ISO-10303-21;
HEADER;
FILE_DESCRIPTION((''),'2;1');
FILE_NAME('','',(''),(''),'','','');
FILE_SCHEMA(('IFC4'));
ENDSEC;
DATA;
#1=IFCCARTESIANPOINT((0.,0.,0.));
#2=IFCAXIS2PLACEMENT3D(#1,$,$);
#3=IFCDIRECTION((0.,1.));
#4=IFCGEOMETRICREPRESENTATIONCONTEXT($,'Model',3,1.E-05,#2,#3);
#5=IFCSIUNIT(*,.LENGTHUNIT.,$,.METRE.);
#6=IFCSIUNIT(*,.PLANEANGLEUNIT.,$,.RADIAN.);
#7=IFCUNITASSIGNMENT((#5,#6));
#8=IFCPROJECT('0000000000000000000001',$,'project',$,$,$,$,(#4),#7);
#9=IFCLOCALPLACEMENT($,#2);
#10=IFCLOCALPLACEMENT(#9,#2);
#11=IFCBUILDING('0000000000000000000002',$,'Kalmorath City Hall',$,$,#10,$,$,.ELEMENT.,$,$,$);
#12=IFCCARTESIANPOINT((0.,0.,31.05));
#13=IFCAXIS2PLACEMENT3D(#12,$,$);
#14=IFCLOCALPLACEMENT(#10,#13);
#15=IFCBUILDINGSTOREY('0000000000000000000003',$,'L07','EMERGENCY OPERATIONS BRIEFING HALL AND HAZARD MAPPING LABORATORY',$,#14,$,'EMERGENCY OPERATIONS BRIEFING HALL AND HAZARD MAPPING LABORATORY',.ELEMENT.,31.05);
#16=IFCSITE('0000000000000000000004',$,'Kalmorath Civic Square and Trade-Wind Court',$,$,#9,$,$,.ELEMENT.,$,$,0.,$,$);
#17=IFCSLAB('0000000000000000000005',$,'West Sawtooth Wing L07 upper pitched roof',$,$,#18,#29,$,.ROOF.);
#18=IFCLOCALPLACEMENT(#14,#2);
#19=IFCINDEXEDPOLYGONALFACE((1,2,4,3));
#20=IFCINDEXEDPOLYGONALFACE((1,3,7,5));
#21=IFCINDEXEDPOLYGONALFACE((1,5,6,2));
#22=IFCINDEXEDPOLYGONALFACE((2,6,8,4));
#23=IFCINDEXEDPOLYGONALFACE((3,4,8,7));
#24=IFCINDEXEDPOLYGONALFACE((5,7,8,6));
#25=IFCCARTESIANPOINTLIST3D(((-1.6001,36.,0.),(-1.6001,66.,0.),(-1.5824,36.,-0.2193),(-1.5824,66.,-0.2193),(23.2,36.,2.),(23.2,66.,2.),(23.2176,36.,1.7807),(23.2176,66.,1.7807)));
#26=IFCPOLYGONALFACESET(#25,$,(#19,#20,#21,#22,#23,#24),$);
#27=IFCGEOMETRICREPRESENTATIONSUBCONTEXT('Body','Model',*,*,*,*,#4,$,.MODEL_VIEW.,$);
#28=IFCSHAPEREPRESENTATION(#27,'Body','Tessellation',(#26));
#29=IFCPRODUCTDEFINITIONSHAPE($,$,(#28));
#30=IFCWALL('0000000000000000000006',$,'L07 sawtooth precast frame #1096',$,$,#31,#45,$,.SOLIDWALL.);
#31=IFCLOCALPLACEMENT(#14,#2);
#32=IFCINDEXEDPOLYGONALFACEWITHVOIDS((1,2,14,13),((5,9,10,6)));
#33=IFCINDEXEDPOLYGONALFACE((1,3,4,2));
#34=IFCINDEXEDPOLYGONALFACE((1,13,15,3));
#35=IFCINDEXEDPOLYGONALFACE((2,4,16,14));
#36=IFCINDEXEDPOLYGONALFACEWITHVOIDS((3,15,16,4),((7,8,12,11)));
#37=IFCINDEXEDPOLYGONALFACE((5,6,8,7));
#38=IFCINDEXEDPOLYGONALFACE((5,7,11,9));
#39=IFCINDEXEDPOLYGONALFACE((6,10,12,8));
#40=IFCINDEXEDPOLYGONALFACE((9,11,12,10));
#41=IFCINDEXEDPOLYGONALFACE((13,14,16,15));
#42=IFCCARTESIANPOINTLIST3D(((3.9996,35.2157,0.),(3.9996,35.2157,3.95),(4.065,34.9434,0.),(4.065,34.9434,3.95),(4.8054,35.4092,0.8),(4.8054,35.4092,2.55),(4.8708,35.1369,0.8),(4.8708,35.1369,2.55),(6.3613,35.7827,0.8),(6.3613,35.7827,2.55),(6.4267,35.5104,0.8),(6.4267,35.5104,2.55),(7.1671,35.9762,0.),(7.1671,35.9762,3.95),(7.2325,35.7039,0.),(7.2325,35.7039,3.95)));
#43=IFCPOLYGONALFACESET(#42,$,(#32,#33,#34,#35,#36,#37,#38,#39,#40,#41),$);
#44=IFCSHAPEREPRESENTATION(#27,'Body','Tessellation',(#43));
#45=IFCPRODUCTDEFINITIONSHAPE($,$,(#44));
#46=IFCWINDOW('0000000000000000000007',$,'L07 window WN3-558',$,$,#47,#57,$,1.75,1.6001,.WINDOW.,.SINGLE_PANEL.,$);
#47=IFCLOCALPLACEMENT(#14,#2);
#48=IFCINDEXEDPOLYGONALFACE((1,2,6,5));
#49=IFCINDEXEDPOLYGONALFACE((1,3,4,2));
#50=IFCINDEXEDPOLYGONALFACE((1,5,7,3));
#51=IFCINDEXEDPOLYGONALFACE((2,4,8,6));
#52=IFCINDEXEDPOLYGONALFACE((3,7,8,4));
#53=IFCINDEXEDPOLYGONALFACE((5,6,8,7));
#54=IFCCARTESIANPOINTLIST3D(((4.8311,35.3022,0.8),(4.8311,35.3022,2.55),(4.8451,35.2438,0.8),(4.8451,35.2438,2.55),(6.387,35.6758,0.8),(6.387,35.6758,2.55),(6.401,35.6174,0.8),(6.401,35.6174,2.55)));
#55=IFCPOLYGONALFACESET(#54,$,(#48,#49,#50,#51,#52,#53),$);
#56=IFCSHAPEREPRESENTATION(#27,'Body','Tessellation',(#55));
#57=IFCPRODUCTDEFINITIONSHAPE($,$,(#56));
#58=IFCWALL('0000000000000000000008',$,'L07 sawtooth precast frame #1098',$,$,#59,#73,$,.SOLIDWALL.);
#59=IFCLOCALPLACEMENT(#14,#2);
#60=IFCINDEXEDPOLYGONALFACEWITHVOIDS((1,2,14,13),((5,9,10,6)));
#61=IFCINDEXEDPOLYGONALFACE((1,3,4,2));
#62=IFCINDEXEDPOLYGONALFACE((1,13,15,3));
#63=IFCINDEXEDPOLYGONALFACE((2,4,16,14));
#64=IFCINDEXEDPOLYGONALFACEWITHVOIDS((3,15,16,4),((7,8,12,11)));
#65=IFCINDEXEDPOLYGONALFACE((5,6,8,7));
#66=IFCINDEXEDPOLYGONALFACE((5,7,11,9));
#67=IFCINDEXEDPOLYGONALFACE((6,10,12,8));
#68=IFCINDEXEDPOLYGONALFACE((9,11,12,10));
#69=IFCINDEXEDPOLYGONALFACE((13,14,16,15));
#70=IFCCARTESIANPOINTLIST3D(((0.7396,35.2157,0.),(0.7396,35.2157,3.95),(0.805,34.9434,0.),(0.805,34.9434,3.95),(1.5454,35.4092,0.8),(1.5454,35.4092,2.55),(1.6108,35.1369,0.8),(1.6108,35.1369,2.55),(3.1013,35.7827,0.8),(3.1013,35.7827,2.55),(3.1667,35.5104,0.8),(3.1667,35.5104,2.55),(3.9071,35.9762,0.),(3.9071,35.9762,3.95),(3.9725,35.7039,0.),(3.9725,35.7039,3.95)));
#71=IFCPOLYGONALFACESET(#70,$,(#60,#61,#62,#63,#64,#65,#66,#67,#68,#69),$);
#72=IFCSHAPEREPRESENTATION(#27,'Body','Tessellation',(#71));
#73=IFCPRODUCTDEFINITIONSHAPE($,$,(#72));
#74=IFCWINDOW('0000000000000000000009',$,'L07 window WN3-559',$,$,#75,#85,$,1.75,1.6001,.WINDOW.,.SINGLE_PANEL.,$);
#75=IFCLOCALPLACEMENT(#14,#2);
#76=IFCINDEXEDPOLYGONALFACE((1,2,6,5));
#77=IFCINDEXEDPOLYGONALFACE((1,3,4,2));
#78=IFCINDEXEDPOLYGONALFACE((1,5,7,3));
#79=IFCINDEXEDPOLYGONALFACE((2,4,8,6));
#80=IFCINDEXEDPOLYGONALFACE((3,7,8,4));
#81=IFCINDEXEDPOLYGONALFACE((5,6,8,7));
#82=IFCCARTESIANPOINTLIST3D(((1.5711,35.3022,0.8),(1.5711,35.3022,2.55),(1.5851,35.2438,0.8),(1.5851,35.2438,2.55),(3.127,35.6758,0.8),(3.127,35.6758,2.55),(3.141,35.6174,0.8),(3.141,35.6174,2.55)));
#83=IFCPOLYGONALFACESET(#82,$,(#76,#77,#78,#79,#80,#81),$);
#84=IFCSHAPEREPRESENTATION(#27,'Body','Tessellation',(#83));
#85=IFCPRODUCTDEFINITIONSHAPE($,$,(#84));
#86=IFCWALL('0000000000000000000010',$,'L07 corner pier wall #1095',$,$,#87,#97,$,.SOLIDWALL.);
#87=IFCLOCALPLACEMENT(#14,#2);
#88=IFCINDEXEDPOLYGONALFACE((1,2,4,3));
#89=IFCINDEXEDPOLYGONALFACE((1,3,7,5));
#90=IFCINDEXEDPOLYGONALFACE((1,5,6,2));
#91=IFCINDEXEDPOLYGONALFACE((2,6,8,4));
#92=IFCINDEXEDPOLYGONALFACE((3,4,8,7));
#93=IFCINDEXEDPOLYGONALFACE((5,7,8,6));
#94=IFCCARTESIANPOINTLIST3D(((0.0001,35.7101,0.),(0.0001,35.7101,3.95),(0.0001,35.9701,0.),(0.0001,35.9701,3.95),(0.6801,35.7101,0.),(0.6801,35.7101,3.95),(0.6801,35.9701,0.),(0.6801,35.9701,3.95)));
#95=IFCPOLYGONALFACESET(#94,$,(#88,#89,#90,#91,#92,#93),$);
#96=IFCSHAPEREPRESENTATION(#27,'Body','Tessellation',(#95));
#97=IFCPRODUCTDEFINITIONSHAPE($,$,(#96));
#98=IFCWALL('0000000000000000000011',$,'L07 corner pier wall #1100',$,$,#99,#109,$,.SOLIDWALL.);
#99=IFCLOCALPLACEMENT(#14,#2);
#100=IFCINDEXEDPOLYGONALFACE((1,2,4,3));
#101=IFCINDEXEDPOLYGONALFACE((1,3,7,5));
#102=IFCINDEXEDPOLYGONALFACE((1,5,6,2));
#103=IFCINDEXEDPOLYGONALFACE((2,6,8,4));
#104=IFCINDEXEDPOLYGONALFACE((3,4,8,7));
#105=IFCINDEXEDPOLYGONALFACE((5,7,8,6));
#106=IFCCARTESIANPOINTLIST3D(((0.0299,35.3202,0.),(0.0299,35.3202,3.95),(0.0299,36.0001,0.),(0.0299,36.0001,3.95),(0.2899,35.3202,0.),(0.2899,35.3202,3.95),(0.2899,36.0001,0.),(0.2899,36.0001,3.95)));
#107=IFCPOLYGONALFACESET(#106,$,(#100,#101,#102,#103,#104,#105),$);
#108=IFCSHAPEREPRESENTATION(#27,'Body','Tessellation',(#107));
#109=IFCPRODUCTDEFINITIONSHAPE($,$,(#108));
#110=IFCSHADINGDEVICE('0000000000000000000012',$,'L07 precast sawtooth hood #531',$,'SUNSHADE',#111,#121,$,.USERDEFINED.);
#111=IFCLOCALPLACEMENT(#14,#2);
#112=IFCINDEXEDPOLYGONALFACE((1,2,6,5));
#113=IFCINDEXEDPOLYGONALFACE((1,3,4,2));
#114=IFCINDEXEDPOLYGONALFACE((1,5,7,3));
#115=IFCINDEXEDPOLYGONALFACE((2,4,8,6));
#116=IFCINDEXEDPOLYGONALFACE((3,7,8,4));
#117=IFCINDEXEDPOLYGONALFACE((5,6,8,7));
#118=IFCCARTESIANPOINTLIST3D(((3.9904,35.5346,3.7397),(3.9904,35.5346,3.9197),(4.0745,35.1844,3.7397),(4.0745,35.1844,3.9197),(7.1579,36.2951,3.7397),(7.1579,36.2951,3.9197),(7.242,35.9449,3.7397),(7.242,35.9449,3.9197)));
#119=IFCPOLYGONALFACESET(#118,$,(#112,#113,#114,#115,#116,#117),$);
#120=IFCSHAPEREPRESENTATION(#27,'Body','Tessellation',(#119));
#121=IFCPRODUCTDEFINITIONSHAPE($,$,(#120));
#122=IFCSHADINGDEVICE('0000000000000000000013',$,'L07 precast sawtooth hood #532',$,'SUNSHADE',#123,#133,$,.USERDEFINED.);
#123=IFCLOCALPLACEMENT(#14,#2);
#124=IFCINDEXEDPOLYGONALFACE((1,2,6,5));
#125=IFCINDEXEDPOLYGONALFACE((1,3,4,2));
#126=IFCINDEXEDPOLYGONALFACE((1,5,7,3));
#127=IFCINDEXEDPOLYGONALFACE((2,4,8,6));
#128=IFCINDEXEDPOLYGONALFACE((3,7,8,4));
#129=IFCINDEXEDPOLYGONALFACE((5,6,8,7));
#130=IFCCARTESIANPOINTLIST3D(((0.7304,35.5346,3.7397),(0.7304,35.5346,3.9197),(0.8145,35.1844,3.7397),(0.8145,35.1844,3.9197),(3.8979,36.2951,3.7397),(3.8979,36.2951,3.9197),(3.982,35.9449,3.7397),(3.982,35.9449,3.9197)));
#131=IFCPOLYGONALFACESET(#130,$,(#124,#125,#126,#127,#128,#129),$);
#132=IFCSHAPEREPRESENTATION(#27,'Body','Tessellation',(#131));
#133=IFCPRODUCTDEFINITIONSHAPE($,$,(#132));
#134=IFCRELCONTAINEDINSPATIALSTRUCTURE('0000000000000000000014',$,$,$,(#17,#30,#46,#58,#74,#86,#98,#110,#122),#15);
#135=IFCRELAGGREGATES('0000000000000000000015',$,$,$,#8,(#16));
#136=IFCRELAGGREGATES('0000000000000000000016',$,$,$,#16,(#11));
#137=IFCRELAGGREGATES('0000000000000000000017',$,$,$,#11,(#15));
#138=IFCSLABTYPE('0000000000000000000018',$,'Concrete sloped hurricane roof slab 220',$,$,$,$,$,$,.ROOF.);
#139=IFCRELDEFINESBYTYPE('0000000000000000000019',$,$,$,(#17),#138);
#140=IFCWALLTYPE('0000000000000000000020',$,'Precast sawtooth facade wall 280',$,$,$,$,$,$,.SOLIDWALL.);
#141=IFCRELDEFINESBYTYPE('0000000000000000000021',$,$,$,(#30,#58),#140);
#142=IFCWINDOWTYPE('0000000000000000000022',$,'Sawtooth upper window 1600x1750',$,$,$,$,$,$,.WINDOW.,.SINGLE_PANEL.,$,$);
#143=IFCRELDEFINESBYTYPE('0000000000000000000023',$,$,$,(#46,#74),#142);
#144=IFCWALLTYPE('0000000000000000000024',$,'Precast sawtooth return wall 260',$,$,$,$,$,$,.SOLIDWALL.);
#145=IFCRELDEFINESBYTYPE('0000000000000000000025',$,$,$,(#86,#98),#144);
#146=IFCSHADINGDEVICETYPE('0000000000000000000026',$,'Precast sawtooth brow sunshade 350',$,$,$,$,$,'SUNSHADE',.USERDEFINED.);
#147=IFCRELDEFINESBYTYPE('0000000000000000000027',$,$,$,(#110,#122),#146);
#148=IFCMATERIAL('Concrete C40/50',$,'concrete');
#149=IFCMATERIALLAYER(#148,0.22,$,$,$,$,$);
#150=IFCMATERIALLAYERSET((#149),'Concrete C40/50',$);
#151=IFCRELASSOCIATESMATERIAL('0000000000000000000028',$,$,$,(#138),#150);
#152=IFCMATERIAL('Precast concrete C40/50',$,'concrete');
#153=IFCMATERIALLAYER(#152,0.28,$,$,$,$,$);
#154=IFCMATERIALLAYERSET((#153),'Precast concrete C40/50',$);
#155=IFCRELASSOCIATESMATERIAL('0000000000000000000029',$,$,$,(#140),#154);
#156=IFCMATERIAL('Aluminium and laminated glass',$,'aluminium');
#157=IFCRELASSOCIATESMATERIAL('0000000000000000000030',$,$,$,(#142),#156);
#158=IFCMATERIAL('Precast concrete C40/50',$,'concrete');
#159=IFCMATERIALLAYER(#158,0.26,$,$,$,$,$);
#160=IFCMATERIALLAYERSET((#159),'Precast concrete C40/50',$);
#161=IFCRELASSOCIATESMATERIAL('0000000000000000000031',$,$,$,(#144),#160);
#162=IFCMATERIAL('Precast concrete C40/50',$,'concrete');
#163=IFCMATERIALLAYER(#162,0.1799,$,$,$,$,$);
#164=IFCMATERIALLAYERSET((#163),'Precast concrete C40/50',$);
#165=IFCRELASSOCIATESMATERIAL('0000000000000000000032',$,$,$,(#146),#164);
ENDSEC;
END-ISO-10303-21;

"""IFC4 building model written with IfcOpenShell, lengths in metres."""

from ifc_helpers import new_model, si_unit, direction, frame, frame_2d, origin, origin_2d, place, context, subcontext, project, spatial, polyline, rectangle, outline, extrude, material, layer, layer_set, type_object, element, fill, save


model = new_model("IFC4")

# Units and contexts
model_context = context("Model", 3, precision=1e-05, world=origin(), true_north=direction((0.0, 1.0)))
body_context = subcontext(model_context, "Body", "Model", "MODEL_VIEW")
ifc_project = project(units=[si_unit("LENGTHUNIT", "METRE"), si_unit("PLANEANGLEUNIT", "RADIAN")], contexts=[model_context])

# Site, building, storey
site_placement = place(None, origin())
site = spatial("IfcSite", under=ifc_project, at=site_placement, Name="Kalmorath Civic Square and Trade-Wind Court", CompositionType="ELEMENT", RefElevation=0.0)
building_placement = place(site_placement, origin())
building = spatial("IfcBuilding", under=site, at=building_placement, Name="Kalmorath City Hall", CompositionType="ELEMENT")
storey_placement = place(building_placement, frame((0.0, 0.0, 31.05)))
storey = spatial("IfcBuildingStorey", under=building, at=storey_placement, Name="L07", Description="EMERGENCY OPERATIONS BRIEFING HALL AND HAZARD MAPPING LABORATORY", LongName="EMERGENCY OPERATIONS BRIEFING HALL AND HAZARD MAPPING LABORATORY", CompositionType="ELEMENT", Elevation=31.05)

# Slab
ifc_material_1 = material(Name="Concrete C40/50", Category="concrete")
ifc_layer_1 = layer(ifc_material_1, 0.22)
ifc_layer_set_1 = layer_set([ifc_layer_1], Name="Concrete C40/50")
slab_type = type_object("IfcSlabType", Name="Concrete sloped hurricane roof slab 220", PredefinedType="ROOF", material=ifc_layer_set_1)
slab_placement = place(storey_placement, frame((-1.6001, 36.0, 0.0), z_axis=(-0.080384, 0.0, 0.996764), x_axis=(0.996764, 0.0, 0.080384)))
element("IfcSlab", 1, at=slab_placement, inside=storey, type_object=slab_type, Name="West Sawtooth Wing L07 upper pitched roof", PredefinedType="ROOF", context=body_context, shape_type="SweptSolid", body=[
    extrude(outline(polyline([(0.0, 0.0), (24.8806, 0.0), (24.8806, 30.0), (0.0, 30.0), (0.0, 0.0)])), origin(), (0.0, 0.0, -1.0), 0.22),
])

# Walls, openings, windows
ifc_material_2 = material(Name="Precast concrete C40/50", Category="concrete")
ifc_layer_2 = layer(ifc_material_2, 0.28)
ifc_layer_set_2 = layer_set([ifc_layer_2], Name="Precast concrete C40/50")
wall_type_1 = type_object("IfcWallType", Name="Precast sawtooth facade wall 280", PredefinedType="SOLIDWALL", material=ifc_layer_set_2)
wall_1_placement = place(storey_placement, frame((7.2, 35.8401, 0.0), z_axis=(0.0, 0.0, 1.0), x_axis=(-0.972366, -0.233461, 0.0)))
wall_1 = element("IfcWall", 2, at=wall_1_placement, inside=storey, type_object=wall_type_1, Name="L07 sawtooth precast frame #1096", PredefinedType="SOLIDWALL", context=body_context, shape_type="SweptSolid", body=[
    extrude(rectangle(XDim=3.2576, YDim=0.28, at=frame_2d((1.6289, 0.0))), origin(), (0.0, 0.0, 1.0), 3.95),
])
opening_1_placement = place(wall_1_placement, frame((0.8289, 0.0, 0.8)))
opening_1 = element("IfcOpeningElement", 3, at=opening_1_placement, cuts=wall_1, PredefinedType="OPENING", context=body_context, shape_type="SweptSolid", body=[
    extrude(rectangle(XDim=1.6001, YDim=1.75, at=frame_2d((0.8, 0.875))), frame((0.0, 0.1499, 0.0), z_axis=(0.0, -1.0, 0.0), x_axis=(1.0, 0.0, 0.0)), (0.0, 0.0, 1.0), 0.3),
])
ifc_material_3 = material(Name="Aluminium and laminated glass", Category="aluminium")
window_type = type_object("IfcWindowType", Name="Sawtooth upper window 1600x1750", PartitioningType="SINGLE_PANEL", PredefinedType="WINDOW", material=ifc_material_3)
window_1_placement = place(opening_1_placement, origin())
window_1 = element("IfcWindow", 4, at=window_1_placement, inside=storey, type_object=window_type, Name="L07 window WN3-558", OverallHeight=1.75, OverallWidth=1.6001, PartitioningType="SINGLE_PANEL", PredefinedType="WINDOW", context=body_context, shape_type="SweptSolid", body=[
    extrude(rectangle(XDim=1.6001, YDim=1.75, at=frame_2d((0.8, 0.875))), frame((0.0, 0.03, 0.0), z_axis=(0.0, -1.0, 0.0), x_axis=(1.0, 0.0, 0.0)), (0.0, 0.0, 1.0), 0.0601),
])
fill(opening_1, window_1)
wall_2_placement = place(storey_placement, frame((3.9399, 35.8401, 0.0), z_axis=(0.0, 0.0, 1.0), x_axis=(-0.972366, -0.233461, 0.0)))
wall_2 = element("IfcWall", 5, at=wall_2_placement, inside=storey, type_object=wall_type_1, Name="L07 sawtooth precast frame #1098", PredefinedType="SOLIDWALL", context=body_context, shape_type="SweptSolid", body=[
    extrude(rectangle(XDim=3.2576, YDim=0.28, at=frame_2d((1.6289, 0.0))), origin(), (0.0, 0.0, 1.0), 3.95),
])
opening_2_placement = place(wall_2_placement, frame((0.8289, 0.0, 0.8)))
opening_2 = element("IfcOpeningElement", 6, at=opening_2_placement, cuts=wall_2, PredefinedType="OPENING", context=body_context, shape_type="SweptSolid", body=[
    extrude(rectangle(XDim=1.6001, YDim=1.75, at=frame_2d((0.8, 0.875))), frame((0.0, 0.1499, 0.0), z_axis=(0.0, -1.0, 0.0), x_axis=(1.0, 0.0, 0.0)), (0.0, 0.0, 1.0), 0.3),
])
window_2_placement = place(opening_2_placement, origin())
window_2 = element("IfcWindow", 7, at=window_2_placement, inside=storey, type_object=window_type, Name="L07 window WN3-559", OverallHeight=1.75, OverallWidth=1.6001, PartitioningType="SINGLE_PANEL", PredefinedType="WINDOW", context=body_context, shape_type="SweptSolid", body=[
    extrude(rectangle(XDim=1.6001, YDim=1.75, at=frame_2d((0.8, 0.875))), frame((0.0, 0.03, 0.0), z_axis=(0.0, -1.0, 0.0), x_axis=(1.0, 0.0, 0.0)), (0.0, 0.0, 1.0), 0.0601),
])
fill(opening_2, window_2)

# Walls
ifc_material_4 = material(Name="Precast concrete C40/50", Category="concrete")
ifc_layer_3 = layer(ifc_material_4, 0.26)
ifc_layer_set_3 = layer_set([ifc_layer_3], Name="Precast concrete C40/50")
wall_type_2 = type_object("IfcWallType", Name="Precast sawtooth return wall 260", PredefinedType="SOLIDWALL", material=ifc_layer_set_3)
for number, where, z_axis, x_axis, name in (
    (8, (0.6799, 35.8401, 0.0), (0.0, 0.0, 1.0), (-1.0, 0.0, 0.0), "L07 corner pier wall #1095"),
    (9, (0.1599, 36.0, 0.0), (0.0, 0.0, 1.0), (0.0, -1.0, 0.0), "L07 corner pier wall #1100"),
):
    element("IfcWall", number, at=place(storey_placement, frame(where, z_axis=z_axis, x_axis=x_axis)), inside=storey, type_object=wall_type_2, Name=name, PredefinedType="SOLIDWALL", context=body_context, shape_type="SweptSolid", body=[
        extrude(rectangle(XDim=0.6799, YDim=0.26, at=frame_2d((0.3398, 0.0))), origin(), (0.0, 0.0, 1.0), 3.95),
    ])

# Shading devices
ifc_material_5 = material(Name="Precast concrete C40/50", Category="concrete")
ifc_layer_4 = layer(ifc_material_5, 0.1799)
ifc_layer_set_4 = layer_set([ifc_layer_4], Name="Precast concrete C40/50")
shading_device_type = type_object("IfcShadingDeviceType", Name="Precast sawtooth brow sunshade 350", ElementType="SUNSHADE", PredefinedType="USERDEFINED", material=ifc_layer_set_4)
for number, where, z_axis, x_axis, name in (
    (10, (5.6162, 35.7397, 3.7397), (0.0, 0.0, 1.0), (-0.972366, -0.233462, 0.0), "L07 precast sawtooth hood #531"),
    (11, (2.3562, 35.7397, 3.7397), (0.0, 0.0, 1.0), (-0.972366, -0.233462, 0.0), "L07 precast sawtooth hood #532"),
):
    element("IfcShadingDevice", number, at=place(storey_placement, frame(where, z_axis=z_axis, x_axis=x_axis)), inside=storey, type_object=shading_device_type, Name=name, ObjectType="SUNSHADE", PredefinedType="USERDEFINED", context=body_context, shape_type="SweptSolid", body=[
        extrude(rectangle(XDim=3.2576, YDim=0.3601, at=origin_2d()), origin(), (0.0, 0.0, 1.0), 0.1799),
    ])

save(model, "model.ifc")
